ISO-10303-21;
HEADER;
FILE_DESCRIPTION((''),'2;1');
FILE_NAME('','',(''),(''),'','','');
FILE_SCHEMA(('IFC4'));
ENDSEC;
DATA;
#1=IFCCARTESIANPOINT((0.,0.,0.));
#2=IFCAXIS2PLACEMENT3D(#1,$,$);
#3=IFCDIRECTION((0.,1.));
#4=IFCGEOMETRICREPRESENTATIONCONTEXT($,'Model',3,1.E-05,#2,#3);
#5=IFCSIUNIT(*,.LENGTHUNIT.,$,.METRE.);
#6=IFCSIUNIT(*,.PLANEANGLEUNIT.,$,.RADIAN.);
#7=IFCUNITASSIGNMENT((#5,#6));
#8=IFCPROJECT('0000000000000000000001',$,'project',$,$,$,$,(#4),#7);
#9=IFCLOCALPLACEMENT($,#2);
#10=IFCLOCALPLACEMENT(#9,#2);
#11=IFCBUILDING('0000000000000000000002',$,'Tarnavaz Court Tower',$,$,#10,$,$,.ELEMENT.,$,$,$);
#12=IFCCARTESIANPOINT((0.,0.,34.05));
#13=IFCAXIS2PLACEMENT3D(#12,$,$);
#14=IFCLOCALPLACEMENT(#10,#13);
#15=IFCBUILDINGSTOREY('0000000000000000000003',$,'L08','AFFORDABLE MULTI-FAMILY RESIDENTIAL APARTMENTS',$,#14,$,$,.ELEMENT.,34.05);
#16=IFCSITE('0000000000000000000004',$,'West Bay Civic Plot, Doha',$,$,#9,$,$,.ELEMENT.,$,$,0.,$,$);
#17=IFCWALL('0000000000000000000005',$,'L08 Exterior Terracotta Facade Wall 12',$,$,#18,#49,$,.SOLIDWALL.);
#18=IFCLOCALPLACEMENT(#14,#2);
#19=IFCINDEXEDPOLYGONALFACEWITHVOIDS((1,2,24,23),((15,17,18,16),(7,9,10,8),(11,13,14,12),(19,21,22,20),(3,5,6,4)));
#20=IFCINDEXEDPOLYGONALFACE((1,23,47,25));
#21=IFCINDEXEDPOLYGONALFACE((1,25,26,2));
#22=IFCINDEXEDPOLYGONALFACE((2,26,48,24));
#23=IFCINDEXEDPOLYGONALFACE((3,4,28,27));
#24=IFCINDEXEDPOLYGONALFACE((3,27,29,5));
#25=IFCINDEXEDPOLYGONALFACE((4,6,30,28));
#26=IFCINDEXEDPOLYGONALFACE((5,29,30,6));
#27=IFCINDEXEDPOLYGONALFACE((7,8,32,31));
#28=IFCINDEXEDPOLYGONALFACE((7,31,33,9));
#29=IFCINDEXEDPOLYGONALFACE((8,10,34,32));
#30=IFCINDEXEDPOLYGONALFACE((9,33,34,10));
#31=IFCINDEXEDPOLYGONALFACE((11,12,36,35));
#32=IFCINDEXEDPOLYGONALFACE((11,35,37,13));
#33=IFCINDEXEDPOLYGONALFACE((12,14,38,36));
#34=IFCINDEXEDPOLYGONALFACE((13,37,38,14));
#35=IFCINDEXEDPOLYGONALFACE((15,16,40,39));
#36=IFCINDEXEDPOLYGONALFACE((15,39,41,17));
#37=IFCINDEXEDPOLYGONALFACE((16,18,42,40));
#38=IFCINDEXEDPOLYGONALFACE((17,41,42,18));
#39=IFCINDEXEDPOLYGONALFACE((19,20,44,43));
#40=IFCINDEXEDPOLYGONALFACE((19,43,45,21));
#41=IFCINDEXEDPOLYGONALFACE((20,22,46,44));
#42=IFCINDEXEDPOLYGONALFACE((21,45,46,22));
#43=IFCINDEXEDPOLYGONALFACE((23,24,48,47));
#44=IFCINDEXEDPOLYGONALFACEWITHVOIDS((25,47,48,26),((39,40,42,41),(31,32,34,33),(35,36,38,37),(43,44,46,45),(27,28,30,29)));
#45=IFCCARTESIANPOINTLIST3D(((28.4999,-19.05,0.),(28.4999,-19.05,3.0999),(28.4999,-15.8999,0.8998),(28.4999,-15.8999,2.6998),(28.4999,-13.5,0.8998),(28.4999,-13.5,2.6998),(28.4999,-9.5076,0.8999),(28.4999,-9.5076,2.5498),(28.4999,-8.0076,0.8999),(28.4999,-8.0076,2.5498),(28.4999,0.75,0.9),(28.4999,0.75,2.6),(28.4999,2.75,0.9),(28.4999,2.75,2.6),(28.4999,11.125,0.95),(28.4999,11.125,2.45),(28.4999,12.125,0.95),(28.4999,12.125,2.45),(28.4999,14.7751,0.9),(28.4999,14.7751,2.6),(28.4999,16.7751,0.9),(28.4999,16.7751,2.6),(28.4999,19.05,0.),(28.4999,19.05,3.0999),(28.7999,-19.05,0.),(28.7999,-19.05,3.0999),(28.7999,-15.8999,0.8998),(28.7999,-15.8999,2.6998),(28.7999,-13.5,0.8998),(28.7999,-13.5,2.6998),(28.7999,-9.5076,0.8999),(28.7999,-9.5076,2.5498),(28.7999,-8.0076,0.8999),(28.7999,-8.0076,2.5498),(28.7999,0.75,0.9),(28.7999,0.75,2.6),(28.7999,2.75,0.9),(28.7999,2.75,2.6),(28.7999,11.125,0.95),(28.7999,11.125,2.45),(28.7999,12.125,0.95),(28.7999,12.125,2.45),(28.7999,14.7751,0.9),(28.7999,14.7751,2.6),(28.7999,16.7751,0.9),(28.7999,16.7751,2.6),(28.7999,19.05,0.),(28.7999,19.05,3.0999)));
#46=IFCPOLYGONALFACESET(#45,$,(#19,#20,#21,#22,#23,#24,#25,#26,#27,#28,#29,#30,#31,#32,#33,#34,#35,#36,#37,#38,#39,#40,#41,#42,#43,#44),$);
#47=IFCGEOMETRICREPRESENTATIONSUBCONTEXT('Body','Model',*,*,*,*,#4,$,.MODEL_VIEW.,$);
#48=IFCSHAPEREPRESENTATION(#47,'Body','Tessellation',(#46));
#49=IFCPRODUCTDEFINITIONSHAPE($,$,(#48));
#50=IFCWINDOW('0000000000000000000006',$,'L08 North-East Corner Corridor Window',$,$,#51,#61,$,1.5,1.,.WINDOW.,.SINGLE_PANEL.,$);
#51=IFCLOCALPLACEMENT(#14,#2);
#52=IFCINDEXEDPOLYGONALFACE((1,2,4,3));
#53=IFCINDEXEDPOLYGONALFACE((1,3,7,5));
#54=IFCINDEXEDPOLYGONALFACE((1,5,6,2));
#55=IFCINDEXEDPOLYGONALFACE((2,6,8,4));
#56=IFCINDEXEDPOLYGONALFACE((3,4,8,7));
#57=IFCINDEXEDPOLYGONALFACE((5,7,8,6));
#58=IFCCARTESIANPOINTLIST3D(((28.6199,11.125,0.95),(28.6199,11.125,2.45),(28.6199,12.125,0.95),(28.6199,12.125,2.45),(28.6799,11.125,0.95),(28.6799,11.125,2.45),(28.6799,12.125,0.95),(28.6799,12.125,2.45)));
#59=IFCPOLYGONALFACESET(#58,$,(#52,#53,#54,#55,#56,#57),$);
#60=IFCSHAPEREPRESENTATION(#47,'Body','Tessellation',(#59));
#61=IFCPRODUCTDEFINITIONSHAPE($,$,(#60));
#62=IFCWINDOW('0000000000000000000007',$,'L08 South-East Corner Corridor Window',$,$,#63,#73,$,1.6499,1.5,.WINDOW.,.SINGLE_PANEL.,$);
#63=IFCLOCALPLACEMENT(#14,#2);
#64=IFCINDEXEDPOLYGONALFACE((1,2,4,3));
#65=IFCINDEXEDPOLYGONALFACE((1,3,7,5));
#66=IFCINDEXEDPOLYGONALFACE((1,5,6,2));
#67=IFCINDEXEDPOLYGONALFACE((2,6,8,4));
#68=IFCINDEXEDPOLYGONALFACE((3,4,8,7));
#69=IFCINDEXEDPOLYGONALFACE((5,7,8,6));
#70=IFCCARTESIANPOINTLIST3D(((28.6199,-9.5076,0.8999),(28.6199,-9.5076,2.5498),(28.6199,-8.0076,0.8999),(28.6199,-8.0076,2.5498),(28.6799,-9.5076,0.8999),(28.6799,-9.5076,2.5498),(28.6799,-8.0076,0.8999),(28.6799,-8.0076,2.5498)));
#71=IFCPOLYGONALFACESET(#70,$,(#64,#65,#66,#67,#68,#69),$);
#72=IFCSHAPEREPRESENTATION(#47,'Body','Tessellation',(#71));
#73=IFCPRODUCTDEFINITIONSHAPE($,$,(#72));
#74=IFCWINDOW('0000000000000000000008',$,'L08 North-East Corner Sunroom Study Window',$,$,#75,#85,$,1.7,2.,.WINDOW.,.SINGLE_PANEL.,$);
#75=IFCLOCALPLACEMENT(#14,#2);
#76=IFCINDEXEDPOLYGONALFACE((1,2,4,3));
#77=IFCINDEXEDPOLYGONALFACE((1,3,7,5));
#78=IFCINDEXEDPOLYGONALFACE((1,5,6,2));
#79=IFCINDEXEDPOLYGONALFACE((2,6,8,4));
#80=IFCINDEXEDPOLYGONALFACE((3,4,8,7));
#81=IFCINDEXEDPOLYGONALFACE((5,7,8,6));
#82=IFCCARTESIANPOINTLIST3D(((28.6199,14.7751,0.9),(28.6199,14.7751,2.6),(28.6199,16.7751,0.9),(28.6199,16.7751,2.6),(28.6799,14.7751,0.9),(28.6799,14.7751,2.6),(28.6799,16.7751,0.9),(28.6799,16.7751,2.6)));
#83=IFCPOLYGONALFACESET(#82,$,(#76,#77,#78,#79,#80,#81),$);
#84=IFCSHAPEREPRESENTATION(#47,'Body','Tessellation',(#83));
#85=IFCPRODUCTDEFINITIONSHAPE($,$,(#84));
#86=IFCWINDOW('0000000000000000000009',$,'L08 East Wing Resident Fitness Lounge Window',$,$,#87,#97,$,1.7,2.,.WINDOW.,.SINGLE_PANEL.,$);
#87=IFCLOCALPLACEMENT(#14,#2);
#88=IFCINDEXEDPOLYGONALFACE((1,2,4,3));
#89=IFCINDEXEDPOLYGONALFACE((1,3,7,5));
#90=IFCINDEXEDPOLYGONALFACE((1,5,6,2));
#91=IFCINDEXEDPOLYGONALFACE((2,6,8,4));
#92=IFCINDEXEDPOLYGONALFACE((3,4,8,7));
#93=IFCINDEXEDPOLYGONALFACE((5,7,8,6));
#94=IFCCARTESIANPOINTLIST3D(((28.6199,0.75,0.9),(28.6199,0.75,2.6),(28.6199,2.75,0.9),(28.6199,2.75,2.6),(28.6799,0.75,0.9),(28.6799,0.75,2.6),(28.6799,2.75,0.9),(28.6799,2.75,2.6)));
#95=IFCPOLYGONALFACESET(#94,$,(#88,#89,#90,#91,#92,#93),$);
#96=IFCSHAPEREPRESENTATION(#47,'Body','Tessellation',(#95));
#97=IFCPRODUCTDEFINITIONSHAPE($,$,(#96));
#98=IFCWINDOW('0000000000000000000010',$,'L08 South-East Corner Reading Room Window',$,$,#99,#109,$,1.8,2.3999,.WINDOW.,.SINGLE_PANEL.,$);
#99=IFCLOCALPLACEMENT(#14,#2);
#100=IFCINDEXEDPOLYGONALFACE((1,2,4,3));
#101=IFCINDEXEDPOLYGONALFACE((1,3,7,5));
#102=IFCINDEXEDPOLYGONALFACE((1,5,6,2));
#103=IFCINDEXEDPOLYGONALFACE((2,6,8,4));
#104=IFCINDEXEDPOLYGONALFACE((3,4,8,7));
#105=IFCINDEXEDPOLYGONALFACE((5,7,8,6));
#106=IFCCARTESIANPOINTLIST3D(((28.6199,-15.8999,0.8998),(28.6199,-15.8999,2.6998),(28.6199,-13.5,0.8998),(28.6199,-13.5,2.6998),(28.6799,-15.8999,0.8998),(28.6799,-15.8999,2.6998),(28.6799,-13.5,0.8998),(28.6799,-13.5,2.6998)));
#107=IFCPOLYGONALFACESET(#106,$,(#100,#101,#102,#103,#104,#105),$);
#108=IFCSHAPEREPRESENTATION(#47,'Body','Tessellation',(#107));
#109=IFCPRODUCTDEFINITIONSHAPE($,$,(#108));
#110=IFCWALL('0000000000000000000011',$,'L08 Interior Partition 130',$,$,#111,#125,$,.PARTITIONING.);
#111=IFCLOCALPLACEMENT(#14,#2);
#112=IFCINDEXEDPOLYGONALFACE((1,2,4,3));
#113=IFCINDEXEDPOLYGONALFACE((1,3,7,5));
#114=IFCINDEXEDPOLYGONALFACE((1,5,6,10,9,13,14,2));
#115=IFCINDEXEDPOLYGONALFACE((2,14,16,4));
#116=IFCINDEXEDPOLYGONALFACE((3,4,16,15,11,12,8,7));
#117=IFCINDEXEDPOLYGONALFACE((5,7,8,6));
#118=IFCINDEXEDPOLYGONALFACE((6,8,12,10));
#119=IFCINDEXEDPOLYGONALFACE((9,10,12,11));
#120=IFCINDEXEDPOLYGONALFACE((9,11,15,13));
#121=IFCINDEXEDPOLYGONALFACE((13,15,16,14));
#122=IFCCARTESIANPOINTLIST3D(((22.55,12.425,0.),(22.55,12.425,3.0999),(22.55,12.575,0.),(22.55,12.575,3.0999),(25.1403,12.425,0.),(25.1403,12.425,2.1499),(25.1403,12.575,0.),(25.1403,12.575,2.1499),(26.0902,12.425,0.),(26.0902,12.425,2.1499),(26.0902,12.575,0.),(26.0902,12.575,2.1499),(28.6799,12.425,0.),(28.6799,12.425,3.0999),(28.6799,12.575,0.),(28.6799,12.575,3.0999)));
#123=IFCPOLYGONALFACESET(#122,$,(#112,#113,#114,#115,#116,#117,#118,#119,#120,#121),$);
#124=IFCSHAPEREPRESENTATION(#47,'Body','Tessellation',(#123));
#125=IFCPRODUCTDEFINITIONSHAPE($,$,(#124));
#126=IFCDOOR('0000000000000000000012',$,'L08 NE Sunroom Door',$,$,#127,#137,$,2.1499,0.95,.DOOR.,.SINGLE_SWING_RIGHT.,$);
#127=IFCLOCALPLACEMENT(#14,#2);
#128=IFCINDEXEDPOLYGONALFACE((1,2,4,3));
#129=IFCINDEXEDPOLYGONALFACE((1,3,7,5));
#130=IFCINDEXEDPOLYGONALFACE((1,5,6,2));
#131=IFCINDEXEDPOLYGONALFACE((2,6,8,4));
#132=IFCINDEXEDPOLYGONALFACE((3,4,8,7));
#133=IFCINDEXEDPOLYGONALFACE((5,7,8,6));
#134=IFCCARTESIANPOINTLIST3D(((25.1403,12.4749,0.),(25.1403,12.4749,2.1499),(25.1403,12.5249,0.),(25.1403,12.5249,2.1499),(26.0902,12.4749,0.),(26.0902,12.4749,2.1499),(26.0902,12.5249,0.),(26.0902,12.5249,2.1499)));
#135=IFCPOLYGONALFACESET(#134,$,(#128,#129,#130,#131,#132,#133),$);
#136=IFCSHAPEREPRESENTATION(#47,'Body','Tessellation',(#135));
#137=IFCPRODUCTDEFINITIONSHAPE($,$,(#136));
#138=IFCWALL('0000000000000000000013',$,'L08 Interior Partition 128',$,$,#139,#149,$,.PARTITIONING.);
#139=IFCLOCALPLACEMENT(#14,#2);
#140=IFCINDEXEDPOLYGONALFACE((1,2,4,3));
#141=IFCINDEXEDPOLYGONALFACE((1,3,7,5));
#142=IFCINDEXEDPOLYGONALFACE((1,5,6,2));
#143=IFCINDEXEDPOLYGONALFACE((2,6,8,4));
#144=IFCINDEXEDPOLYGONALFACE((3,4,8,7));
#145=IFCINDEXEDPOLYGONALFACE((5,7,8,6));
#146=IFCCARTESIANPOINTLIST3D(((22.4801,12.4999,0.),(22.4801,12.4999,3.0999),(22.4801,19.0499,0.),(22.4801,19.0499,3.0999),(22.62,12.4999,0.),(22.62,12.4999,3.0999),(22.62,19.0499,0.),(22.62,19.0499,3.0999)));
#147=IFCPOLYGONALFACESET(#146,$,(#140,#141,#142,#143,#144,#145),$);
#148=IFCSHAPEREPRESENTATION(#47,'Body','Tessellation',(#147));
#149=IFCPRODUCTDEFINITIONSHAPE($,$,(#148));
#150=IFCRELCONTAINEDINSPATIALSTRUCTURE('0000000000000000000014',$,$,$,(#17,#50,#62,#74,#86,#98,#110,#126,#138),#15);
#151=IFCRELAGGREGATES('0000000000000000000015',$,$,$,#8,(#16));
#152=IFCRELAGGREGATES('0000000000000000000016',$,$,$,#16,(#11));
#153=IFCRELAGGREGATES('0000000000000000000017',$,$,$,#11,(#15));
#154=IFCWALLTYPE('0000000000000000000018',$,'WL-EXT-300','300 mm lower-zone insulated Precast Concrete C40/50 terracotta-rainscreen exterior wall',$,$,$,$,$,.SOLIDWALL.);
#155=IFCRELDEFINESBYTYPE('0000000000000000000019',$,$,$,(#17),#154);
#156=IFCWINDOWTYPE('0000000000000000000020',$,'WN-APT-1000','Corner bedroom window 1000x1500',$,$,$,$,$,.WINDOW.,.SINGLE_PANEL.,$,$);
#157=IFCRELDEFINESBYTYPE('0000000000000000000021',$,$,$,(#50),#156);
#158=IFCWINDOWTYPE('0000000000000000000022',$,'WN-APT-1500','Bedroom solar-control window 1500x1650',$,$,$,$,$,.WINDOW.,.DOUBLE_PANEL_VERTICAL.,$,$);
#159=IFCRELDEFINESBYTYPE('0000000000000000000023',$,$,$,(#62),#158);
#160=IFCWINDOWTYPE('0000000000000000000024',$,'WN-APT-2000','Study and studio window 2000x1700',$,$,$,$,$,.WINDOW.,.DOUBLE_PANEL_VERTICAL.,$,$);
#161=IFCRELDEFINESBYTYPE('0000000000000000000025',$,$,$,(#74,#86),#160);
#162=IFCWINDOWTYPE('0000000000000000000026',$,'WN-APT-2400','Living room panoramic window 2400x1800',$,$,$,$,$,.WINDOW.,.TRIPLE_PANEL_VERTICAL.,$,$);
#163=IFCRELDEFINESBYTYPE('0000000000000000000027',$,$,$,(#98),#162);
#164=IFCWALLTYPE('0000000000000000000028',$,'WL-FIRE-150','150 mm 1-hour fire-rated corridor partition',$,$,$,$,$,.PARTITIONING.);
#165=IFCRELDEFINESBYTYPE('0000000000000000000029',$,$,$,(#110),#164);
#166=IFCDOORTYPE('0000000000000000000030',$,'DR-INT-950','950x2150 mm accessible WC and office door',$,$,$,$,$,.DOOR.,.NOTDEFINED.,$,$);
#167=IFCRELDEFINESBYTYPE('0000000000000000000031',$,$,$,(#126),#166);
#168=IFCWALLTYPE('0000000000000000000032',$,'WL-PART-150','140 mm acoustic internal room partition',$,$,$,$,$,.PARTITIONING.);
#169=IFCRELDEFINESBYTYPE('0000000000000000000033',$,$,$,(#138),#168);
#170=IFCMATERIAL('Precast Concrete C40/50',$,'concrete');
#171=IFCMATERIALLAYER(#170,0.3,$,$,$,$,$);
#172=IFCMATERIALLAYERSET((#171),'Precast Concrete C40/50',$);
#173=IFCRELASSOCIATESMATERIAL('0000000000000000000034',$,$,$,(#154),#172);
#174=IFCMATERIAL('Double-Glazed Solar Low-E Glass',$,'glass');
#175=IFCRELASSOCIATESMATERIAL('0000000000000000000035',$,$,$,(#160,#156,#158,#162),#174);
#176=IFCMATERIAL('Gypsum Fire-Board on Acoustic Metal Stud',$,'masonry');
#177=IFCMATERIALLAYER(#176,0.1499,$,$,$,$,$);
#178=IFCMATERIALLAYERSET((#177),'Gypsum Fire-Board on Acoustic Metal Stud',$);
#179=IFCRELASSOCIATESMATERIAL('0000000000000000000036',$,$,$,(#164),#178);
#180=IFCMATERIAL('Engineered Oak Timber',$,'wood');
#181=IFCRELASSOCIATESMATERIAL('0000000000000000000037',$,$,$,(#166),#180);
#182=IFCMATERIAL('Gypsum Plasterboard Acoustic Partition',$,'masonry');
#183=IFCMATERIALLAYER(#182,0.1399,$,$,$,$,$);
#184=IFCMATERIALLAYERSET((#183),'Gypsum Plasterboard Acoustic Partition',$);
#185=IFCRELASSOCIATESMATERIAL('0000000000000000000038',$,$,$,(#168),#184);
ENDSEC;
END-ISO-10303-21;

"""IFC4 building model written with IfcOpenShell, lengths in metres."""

from ifc_helpers import new_model, si_unit, direction, frame, frame_2d, origin, place, context, subcontext, project, spatial, rectangle, extrude, material, layer, layer_set, type_object, element, fill, save


model = new_model("IFC4")

# Units and contexts
model_context = context("Model", 3, precision=1e-05, world=origin(), true_north=direction((0.0, 1.0)))
body_context = subcontext(model_context, "Body", "Model", "MODEL_VIEW")
ifc_project = project(units=[si_unit("LENGTHUNIT", "METRE"), si_unit("PLANEANGLEUNIT", "RADIAN")], contexts=[model_context])

# Site, building, storey
site_placement = place(None, origin())
site = spatial("IfcSite", under=ifc_project, at=site_placement, Name="West Bay Civic Plot, Doha", CompositionType="ELEMENT", RefElevation=0.0)
building_placement = place(site_placement, origin())
building = spatial("IfcBuilding", under=site, at=building_placement, Name="Tarnavaz Court Tower", CompositionType="ELEMENT")
storey_placement = place(building_placement, frame((0.0, 0.0, 34.05)))
storey = spatial("IfcBuildingStorey", under=building, at=storey_placement, Name="L08", Description="AFFORDABLE MULTI-FAMILY RESIDENTIAL APARTMENTS", CompositionType="ELEMENT", Elevation=34.05)

# Shared definitions
ifc_material_1 = material(Name="Precast Concrete C40/50", Category="concrete")
ifc_layer_1 = layer(ifc_material_1, 0.3)
ifc_layer_set_1 = layer_set([ifc_layer_1], Name="Precast Concrete C40/50")
wall_type_1 = type_object("IfcWallType", Name="WL-EXT-300", Description="300 mm lower-zone insulated Precast Concrete C40/50 terracotta-rainscreen exterior wall", PredefinedType="SOLIDWALL", material=ifc_layer_set_1)
ifc_material_2 = material(Name="Double-Glazed Solar Low-E Glass", Category="glass")
window_type_1 = type_object("IfcWindowType", Name="WN-APT-2000", Description="Study and studio window 2000x1700", PartitioningType="DOUBLE_PANEL_VERTICAL", PredefinedType="WINDOW", material=ifc_material_2)

# Wall, openings, windows
wall_1_placement = place(storey_placement, frame((28.6499, 19.05, 0.0), z_axis=(0.0, 0.0, 1.0), x_axis=(0.0, -1.0, 0.0)))
wall_1 = element("IfcWall", 1, at=wall_1_placement, inside=storey, type_object=wall_type_1, Name="L08 Exterior Terracotta Facade Wall 12", PredefinedType="SOLIDWALL", context=body_context, shape_type="SweptSolid", body=[
    extrude(rectangle(XDim=38.1001, YDim=0.3, at=frame_2d((19.05, 0.0))), origin(), (0.0, 0.0, 1.0), 3.0999),
])
opening_1_placement = place(wall_1_placement, frame((2.2749, 0.0, 0.8999)))
opening_1 = element("IfcOpeningElement", 2, at=opening_1_placement, cuts=wall_1, PredefinedType="OPENING", context=body_context, shape_type="SweptSolid", body=[
    extrude(rectangle(XDim=2.0, YDim=1.7, at=frame_2d((1.0, 0.8501))), frame((0.0, 0.1599, 0.0), z_axis=(0.0, -1.0, 0.0), x_axis=(1.0, 0.0, 0.0)), (0.0, 0.0, 1.0), 0.3201),
])
opening_2_placement = place(wall_1_placement, frame((6.925, 0.0, 0.95)))
opening_2 = element("IfcOpeningElement", 3, at=opening_2_placement, cuts=wall_1, PredefinedType="OPENING", context=body_context, shape_type="SweptSolid", body=[
    extrude(rectangle(XDim=1.0, YDim=1.5, at=frame_2d((0.5, 0.75))), frame((0.0, 0.1599, 0.0), z_axis=(0.0, -1.0, 0.0), x_axis=(1.0, 0.0, 0.0)), (0.0, 0.0, 1.0), 0.3201),
])
opening_3_placement = place(wall_1_placement, frame((16.3, 0.0, 0.8999)))
opening_3 = element("IfcOpeningElement", 4, at=opening_3_placement, cuts=wall_1, PredefinedType="OPENING", context=body_context, shape_type="SweptSolid", body=[
    extrude(rectangle(XDim=2.0, YDim=1.7, at=frame_2d((1.0, 0.8501))), frame((0.0, 0.1599, 0.0), z_axis=(0.0, -1.0, 0.0), x_axis=(1.0, 0.0, 0.0)), (0.0, 0.0, 1.0), 0.3201),
])
opening_4_placement = place(wall_1_placement, frame((27.0576, 0.0, 0.8999)))
opening_4 = element("IfcOpeningElement", 5, at=opening_4_placement, cuts=wall_1, PredefinedType="OPENING", context=body_context, shape_type="SweptSolid", body=[
    extrude(rectangle(XDim=1.5, YDim=1.6499, at=frame_2d((0.75, 0.825))), frame((0.0, 0.1599, 0.0), z_axis=(0.0, -1.0, 0.0), x_axis=(1.0, 0.0, 0.0)), (0.0, 0.0, 1.0), 0.3201),
])
opening_5_placement = place(wall_1_placement, frame((32.55, 0.0, 0.8999)))
opening_5 = element("IfcOpeningElement", 6, at=opening_5_placement, cuts=wall_1, PredefinedType="OPENING", context=body_context, shape_type="SweptSolid", body=[
    extrude(rectangle(XDim=2.3999, YDim=1.8, at=frame_2d((1.2, 0.8999))), frame((0.0, 0.1599, 0.0), z_axis=(0.0, -1.0, 0.0), x_axis=(1.0, 0.0, 0.0)), (0.0, 0.0, 1.0), 0.3201),
])
window_type_2 = type_object("IfcWindowType", Name="WN-APT-1000", Description="Corner bedroom window 1000x1500", PartitioningType="SINGLE_PANEL", PredefinedType="WINDOW", material=ifc_material_2)
window_1_placement = place(opening_2_placement, origin())
window_1 = element("IfcWindow", 7, at=window_1_placement, inside=storey, type_object=window_type_2, Name="L08 North-East Corner Corridor Window", OverallHeight=1.5, OverallWidth=1.0, PartitioningType="SINGLE_PANEL", PredefinedType="WINDOW", context=body_context, shape_type="SweptSolid", body=[
    extrude(rectangle(XDim=1.0, YDim=1.5, at=frame_2d((0.5, 0.75))), frame((0.0, 0.03, 0.0), z_axis=(0.0, -1.0, 0.0), x_axis=(1.0, 0.0, 0.0)), (0.0, 0.0, 1.0), 0.0601),
])
fill(opening_2, window_1)
window_type_3 = type_object("IfcWindowType", Name="WN-APT-1500", Description="Bedroom solar-control window 1500x1650", PartitioningType="DOUBLE_PANEL_VERTICAL", PredefinedType="WINDOW", material=ifc_material_2)
window_2_placement = place(opening_4_placement, origin())
window_2 = element("IfcWindow", 8, at=window_2_placement, inside=storey, type_object=window_type_3, Name="L08 South-East Corner Corridor Window", OverallHeight=1.6499, OverallWidth=1.5, PartitioningType="SINGLE_PANEL", PredefinedType="WINDOW", context=body_context, shape_type="SweptSolid", body=[
    extrude(rectangle(XDim=1.5, YDim=1.6499, at=frame_2d((0.75, 0.825))), frame((0.0, 0.03, 0.0), z_axis=(0.0, -1.0, 0.0), x_axis=(1.0, 0.0, 0.0)), (0.0, 0.0, 1.0), 0.0601),
])
fill(opening_4, window_2)
window_3_placement = place(opening_1_placement, origin())
window_3 = element("IfcWindow", 9, at=window_3_placement, inside=storey, type_object=window_type_1, Name="L08 North-East Corner Sunroom Study Window", OverallHeight=1.7, OverallWidth=2.0, PartitioningType="SINGLE_PANEL", PredefinedType="WINDOW", context=body_context, shape_type="SweptSolid", body=[
    extrude(rectangle(XDim=2.0, YDim=1.7, at=frame_2d((1.0, 0.8501))), frame((0.0, 0.03, 0.0), z_axis=(0.0, -1.0, 0.0), x_axis=(1.0, 0.0, 0.0)), (0.0, 0.0, 1.0), 0.0601),
])
fill(opening_1, window_3)
window_4_placement = place(opening_3_placement, origin())
window_4 = element("IfcWindow", 10, at=window_4_placement, inside=storey, type_object=window_type_1, Name="L08 East Wing Resident Fitness Lounge Window", OverallHeight=1.7, OverallWidth=2.0, PartitioningType="SINGLE_PANEL", PredefinedType="WINDOW", context=body_context, shape_type="SweptSolid", body=[
    extrude(rectangle(XDim=2.0, YDim=1.7, at=frame_2d((1.0, 0.8501))), frame((0.0, 0.03, 0.0), z_axis=(0.0, -1.0, 0.0), x_axis=(1.0, 0.0, 0.0)), (0.0, 0.0, 1.0), 0.0601),
])
fill(opening_3, window_4)
window_type_4 = type_object("IfcWindowType", Name="WN-APT-2400", Description="Living room panoramic window 2400x1800", PartitioningType="TRIPLE_PANEL_VERTICAL", PredefinedType="WINDOW", material=ifc_material_2)
window_5_placement = place(opening_5_placement, origin())
window_5 = element("IfcWindow", 11, at=window_5_placement, inside=storey, type_object=window_type_4, Name="L08 South-East Corner Reading Room Window", OverallHeight=1.8, OverallWidth=2.3999, PartitioningType="SINGLE_PANEL", PredefinedType="WINDOW", context=body_context, shape_type="SweptSolid", body=[
    extrude(rectangle(XDim=2.3999, YDim=1.8, at=frame_2d((1.2, 0.8999))), frame((0.0, 0.03, 0.0), z_axis=(0.0, -1.0, 0.0), x_axis=(1.0, 0.0, 0.0)), (0.0, 0.0, 1.0), 0.0601),
])
fill(opening_5, window_5)

# Wall, opening, door
ifc_material_3 = material(Name="Gypsum Fire-Board on Acoustic Metal Stud", Category="masonry")
ifc_layer_2 = layer(ifc_material_3, 0.1499)
ifc_layer_set_2 = layer_set([ifc_layer_2], Name="Gypsum Fire-Board on Acoustic Metal Stud")
wall_type_2 = type_object("IfcWallType", Name="WL-FIRE-150", Description="150 mm 1-hour fire-rated corridor partition", PredefinedType="PARTITIONING", material=ifc_layer_set_2)
wall_2_placement = place(storey_placement, frame((22.55, 12.5, 0.0), z_axis=(0.0, 0.0, 1.0), x_axis=(1.0, 0.0, 0.0)))
wall_2 = element("IfcWall", 12, at=wall_2_placement, inside=storey, type_object=wall_type_2, Name="L08 Interior Partition 130", PredefinedType="PARTITIONING", context=body_context, shape_type="SweptSolid", body=[
    extrude(rectangle(XDim=6.1299, YDim=0.1499, at=frame_2d((3.0649, 0.0))), origin(), (0.0, 0.0, 1.0), 3.0999),
])
opening_6_placement = place(wall_2_placement, frame((2.5901, 0.0, 0.0)))
opening_6 = element("IfcOpeningElement", 13, at=opening_6_placement, cuts=wall_2, PredefinedType="OPENING", context=body_context, shape_type="SweptSolid", body=[
    extrude(rectangle(XDim=0.95, YDim=2.1499, at=frame_2d((0.4751, 1.075))), frame((0.0, 0.085, 0.0), z_axis=(0.0, -1.0, 0.0), x_axis=(1.0, 0.0, 0.0)), (0.0, 0.0, 1.0), 0.1699),
])
ifc_material_4 = material(Name="Engineered Oak Timber", Category="wood")
door_type = type_object("IfcDoorType", Name="DR-INT-950", Description="950x2150 mm accessible WC and office door", OperationType="NOTDEFINED", PredefinedType="DOOR", material=ifc_material_4)
door_placement = place(opening_6_placement, origin())
door = element("IfcDoor", 14, at=door_placement, inside=storey, type_object=door_type, Name="L08 NE Sunroom Door", OperationType="SINGLE_SWING_RIGHT", OverallHeight=2.1499, OverallWidth=0.95, PredefinedType="DOOR", context=body_context, shape_type="SweptSolid", body=[
    extrude(rectangle(XDim=0.95, YDim=2.1499, at=frame_2d((0.4751, 1.075))), frame((0.0, 0.0249, 0.0), z_axis=(0.0, -1.0, 0.0), x_axis=(1.0, 0.0, 0.0)), (0.0, 0.0, 1.0), 0.05),
])
fill(opening_6, door)

# Wall
ifc_material_5 = material(Name="Gypsum Plasterboard Acoustic Partition", Category="masonry")
ifc_layer_3 = layer(ifc_material_5, 0.1399)
ifc_layer_set_3 = layer_set([ifc_layer_3], Name="Gypsum Plasterboard Acoustic Partition")
wall_type_3 = type_object("IfcWallType", Name="WL-PART-150", Description="140 mm acoustic internal room partition", PredefinedType="PARTITIONING", material=ifc_layer_set_3)
wall_3_placement = place(storey_placement, frame((22.55, 12.5, 0.0), z_axis=(0.0, 0.0, 1.0), x_axis=(0.0, 1.0, 0.0)))
element("IfcWall", 15, at=wall_3_placement, inside=storey, type_object=wall_type_3, Name="L08 Interior Partition 128", PredefinedType="PARTITIONING", context=body_context, shape_type="SweptSolid", body=[
    extrude(rectangle(XDim=6.55, YDim=0.1399, at=frame_2d((3.2749, 0.0))), origin(), (0.0, 0.0, 1.0), 3.0999),
])

save(model, "model.ifc")
